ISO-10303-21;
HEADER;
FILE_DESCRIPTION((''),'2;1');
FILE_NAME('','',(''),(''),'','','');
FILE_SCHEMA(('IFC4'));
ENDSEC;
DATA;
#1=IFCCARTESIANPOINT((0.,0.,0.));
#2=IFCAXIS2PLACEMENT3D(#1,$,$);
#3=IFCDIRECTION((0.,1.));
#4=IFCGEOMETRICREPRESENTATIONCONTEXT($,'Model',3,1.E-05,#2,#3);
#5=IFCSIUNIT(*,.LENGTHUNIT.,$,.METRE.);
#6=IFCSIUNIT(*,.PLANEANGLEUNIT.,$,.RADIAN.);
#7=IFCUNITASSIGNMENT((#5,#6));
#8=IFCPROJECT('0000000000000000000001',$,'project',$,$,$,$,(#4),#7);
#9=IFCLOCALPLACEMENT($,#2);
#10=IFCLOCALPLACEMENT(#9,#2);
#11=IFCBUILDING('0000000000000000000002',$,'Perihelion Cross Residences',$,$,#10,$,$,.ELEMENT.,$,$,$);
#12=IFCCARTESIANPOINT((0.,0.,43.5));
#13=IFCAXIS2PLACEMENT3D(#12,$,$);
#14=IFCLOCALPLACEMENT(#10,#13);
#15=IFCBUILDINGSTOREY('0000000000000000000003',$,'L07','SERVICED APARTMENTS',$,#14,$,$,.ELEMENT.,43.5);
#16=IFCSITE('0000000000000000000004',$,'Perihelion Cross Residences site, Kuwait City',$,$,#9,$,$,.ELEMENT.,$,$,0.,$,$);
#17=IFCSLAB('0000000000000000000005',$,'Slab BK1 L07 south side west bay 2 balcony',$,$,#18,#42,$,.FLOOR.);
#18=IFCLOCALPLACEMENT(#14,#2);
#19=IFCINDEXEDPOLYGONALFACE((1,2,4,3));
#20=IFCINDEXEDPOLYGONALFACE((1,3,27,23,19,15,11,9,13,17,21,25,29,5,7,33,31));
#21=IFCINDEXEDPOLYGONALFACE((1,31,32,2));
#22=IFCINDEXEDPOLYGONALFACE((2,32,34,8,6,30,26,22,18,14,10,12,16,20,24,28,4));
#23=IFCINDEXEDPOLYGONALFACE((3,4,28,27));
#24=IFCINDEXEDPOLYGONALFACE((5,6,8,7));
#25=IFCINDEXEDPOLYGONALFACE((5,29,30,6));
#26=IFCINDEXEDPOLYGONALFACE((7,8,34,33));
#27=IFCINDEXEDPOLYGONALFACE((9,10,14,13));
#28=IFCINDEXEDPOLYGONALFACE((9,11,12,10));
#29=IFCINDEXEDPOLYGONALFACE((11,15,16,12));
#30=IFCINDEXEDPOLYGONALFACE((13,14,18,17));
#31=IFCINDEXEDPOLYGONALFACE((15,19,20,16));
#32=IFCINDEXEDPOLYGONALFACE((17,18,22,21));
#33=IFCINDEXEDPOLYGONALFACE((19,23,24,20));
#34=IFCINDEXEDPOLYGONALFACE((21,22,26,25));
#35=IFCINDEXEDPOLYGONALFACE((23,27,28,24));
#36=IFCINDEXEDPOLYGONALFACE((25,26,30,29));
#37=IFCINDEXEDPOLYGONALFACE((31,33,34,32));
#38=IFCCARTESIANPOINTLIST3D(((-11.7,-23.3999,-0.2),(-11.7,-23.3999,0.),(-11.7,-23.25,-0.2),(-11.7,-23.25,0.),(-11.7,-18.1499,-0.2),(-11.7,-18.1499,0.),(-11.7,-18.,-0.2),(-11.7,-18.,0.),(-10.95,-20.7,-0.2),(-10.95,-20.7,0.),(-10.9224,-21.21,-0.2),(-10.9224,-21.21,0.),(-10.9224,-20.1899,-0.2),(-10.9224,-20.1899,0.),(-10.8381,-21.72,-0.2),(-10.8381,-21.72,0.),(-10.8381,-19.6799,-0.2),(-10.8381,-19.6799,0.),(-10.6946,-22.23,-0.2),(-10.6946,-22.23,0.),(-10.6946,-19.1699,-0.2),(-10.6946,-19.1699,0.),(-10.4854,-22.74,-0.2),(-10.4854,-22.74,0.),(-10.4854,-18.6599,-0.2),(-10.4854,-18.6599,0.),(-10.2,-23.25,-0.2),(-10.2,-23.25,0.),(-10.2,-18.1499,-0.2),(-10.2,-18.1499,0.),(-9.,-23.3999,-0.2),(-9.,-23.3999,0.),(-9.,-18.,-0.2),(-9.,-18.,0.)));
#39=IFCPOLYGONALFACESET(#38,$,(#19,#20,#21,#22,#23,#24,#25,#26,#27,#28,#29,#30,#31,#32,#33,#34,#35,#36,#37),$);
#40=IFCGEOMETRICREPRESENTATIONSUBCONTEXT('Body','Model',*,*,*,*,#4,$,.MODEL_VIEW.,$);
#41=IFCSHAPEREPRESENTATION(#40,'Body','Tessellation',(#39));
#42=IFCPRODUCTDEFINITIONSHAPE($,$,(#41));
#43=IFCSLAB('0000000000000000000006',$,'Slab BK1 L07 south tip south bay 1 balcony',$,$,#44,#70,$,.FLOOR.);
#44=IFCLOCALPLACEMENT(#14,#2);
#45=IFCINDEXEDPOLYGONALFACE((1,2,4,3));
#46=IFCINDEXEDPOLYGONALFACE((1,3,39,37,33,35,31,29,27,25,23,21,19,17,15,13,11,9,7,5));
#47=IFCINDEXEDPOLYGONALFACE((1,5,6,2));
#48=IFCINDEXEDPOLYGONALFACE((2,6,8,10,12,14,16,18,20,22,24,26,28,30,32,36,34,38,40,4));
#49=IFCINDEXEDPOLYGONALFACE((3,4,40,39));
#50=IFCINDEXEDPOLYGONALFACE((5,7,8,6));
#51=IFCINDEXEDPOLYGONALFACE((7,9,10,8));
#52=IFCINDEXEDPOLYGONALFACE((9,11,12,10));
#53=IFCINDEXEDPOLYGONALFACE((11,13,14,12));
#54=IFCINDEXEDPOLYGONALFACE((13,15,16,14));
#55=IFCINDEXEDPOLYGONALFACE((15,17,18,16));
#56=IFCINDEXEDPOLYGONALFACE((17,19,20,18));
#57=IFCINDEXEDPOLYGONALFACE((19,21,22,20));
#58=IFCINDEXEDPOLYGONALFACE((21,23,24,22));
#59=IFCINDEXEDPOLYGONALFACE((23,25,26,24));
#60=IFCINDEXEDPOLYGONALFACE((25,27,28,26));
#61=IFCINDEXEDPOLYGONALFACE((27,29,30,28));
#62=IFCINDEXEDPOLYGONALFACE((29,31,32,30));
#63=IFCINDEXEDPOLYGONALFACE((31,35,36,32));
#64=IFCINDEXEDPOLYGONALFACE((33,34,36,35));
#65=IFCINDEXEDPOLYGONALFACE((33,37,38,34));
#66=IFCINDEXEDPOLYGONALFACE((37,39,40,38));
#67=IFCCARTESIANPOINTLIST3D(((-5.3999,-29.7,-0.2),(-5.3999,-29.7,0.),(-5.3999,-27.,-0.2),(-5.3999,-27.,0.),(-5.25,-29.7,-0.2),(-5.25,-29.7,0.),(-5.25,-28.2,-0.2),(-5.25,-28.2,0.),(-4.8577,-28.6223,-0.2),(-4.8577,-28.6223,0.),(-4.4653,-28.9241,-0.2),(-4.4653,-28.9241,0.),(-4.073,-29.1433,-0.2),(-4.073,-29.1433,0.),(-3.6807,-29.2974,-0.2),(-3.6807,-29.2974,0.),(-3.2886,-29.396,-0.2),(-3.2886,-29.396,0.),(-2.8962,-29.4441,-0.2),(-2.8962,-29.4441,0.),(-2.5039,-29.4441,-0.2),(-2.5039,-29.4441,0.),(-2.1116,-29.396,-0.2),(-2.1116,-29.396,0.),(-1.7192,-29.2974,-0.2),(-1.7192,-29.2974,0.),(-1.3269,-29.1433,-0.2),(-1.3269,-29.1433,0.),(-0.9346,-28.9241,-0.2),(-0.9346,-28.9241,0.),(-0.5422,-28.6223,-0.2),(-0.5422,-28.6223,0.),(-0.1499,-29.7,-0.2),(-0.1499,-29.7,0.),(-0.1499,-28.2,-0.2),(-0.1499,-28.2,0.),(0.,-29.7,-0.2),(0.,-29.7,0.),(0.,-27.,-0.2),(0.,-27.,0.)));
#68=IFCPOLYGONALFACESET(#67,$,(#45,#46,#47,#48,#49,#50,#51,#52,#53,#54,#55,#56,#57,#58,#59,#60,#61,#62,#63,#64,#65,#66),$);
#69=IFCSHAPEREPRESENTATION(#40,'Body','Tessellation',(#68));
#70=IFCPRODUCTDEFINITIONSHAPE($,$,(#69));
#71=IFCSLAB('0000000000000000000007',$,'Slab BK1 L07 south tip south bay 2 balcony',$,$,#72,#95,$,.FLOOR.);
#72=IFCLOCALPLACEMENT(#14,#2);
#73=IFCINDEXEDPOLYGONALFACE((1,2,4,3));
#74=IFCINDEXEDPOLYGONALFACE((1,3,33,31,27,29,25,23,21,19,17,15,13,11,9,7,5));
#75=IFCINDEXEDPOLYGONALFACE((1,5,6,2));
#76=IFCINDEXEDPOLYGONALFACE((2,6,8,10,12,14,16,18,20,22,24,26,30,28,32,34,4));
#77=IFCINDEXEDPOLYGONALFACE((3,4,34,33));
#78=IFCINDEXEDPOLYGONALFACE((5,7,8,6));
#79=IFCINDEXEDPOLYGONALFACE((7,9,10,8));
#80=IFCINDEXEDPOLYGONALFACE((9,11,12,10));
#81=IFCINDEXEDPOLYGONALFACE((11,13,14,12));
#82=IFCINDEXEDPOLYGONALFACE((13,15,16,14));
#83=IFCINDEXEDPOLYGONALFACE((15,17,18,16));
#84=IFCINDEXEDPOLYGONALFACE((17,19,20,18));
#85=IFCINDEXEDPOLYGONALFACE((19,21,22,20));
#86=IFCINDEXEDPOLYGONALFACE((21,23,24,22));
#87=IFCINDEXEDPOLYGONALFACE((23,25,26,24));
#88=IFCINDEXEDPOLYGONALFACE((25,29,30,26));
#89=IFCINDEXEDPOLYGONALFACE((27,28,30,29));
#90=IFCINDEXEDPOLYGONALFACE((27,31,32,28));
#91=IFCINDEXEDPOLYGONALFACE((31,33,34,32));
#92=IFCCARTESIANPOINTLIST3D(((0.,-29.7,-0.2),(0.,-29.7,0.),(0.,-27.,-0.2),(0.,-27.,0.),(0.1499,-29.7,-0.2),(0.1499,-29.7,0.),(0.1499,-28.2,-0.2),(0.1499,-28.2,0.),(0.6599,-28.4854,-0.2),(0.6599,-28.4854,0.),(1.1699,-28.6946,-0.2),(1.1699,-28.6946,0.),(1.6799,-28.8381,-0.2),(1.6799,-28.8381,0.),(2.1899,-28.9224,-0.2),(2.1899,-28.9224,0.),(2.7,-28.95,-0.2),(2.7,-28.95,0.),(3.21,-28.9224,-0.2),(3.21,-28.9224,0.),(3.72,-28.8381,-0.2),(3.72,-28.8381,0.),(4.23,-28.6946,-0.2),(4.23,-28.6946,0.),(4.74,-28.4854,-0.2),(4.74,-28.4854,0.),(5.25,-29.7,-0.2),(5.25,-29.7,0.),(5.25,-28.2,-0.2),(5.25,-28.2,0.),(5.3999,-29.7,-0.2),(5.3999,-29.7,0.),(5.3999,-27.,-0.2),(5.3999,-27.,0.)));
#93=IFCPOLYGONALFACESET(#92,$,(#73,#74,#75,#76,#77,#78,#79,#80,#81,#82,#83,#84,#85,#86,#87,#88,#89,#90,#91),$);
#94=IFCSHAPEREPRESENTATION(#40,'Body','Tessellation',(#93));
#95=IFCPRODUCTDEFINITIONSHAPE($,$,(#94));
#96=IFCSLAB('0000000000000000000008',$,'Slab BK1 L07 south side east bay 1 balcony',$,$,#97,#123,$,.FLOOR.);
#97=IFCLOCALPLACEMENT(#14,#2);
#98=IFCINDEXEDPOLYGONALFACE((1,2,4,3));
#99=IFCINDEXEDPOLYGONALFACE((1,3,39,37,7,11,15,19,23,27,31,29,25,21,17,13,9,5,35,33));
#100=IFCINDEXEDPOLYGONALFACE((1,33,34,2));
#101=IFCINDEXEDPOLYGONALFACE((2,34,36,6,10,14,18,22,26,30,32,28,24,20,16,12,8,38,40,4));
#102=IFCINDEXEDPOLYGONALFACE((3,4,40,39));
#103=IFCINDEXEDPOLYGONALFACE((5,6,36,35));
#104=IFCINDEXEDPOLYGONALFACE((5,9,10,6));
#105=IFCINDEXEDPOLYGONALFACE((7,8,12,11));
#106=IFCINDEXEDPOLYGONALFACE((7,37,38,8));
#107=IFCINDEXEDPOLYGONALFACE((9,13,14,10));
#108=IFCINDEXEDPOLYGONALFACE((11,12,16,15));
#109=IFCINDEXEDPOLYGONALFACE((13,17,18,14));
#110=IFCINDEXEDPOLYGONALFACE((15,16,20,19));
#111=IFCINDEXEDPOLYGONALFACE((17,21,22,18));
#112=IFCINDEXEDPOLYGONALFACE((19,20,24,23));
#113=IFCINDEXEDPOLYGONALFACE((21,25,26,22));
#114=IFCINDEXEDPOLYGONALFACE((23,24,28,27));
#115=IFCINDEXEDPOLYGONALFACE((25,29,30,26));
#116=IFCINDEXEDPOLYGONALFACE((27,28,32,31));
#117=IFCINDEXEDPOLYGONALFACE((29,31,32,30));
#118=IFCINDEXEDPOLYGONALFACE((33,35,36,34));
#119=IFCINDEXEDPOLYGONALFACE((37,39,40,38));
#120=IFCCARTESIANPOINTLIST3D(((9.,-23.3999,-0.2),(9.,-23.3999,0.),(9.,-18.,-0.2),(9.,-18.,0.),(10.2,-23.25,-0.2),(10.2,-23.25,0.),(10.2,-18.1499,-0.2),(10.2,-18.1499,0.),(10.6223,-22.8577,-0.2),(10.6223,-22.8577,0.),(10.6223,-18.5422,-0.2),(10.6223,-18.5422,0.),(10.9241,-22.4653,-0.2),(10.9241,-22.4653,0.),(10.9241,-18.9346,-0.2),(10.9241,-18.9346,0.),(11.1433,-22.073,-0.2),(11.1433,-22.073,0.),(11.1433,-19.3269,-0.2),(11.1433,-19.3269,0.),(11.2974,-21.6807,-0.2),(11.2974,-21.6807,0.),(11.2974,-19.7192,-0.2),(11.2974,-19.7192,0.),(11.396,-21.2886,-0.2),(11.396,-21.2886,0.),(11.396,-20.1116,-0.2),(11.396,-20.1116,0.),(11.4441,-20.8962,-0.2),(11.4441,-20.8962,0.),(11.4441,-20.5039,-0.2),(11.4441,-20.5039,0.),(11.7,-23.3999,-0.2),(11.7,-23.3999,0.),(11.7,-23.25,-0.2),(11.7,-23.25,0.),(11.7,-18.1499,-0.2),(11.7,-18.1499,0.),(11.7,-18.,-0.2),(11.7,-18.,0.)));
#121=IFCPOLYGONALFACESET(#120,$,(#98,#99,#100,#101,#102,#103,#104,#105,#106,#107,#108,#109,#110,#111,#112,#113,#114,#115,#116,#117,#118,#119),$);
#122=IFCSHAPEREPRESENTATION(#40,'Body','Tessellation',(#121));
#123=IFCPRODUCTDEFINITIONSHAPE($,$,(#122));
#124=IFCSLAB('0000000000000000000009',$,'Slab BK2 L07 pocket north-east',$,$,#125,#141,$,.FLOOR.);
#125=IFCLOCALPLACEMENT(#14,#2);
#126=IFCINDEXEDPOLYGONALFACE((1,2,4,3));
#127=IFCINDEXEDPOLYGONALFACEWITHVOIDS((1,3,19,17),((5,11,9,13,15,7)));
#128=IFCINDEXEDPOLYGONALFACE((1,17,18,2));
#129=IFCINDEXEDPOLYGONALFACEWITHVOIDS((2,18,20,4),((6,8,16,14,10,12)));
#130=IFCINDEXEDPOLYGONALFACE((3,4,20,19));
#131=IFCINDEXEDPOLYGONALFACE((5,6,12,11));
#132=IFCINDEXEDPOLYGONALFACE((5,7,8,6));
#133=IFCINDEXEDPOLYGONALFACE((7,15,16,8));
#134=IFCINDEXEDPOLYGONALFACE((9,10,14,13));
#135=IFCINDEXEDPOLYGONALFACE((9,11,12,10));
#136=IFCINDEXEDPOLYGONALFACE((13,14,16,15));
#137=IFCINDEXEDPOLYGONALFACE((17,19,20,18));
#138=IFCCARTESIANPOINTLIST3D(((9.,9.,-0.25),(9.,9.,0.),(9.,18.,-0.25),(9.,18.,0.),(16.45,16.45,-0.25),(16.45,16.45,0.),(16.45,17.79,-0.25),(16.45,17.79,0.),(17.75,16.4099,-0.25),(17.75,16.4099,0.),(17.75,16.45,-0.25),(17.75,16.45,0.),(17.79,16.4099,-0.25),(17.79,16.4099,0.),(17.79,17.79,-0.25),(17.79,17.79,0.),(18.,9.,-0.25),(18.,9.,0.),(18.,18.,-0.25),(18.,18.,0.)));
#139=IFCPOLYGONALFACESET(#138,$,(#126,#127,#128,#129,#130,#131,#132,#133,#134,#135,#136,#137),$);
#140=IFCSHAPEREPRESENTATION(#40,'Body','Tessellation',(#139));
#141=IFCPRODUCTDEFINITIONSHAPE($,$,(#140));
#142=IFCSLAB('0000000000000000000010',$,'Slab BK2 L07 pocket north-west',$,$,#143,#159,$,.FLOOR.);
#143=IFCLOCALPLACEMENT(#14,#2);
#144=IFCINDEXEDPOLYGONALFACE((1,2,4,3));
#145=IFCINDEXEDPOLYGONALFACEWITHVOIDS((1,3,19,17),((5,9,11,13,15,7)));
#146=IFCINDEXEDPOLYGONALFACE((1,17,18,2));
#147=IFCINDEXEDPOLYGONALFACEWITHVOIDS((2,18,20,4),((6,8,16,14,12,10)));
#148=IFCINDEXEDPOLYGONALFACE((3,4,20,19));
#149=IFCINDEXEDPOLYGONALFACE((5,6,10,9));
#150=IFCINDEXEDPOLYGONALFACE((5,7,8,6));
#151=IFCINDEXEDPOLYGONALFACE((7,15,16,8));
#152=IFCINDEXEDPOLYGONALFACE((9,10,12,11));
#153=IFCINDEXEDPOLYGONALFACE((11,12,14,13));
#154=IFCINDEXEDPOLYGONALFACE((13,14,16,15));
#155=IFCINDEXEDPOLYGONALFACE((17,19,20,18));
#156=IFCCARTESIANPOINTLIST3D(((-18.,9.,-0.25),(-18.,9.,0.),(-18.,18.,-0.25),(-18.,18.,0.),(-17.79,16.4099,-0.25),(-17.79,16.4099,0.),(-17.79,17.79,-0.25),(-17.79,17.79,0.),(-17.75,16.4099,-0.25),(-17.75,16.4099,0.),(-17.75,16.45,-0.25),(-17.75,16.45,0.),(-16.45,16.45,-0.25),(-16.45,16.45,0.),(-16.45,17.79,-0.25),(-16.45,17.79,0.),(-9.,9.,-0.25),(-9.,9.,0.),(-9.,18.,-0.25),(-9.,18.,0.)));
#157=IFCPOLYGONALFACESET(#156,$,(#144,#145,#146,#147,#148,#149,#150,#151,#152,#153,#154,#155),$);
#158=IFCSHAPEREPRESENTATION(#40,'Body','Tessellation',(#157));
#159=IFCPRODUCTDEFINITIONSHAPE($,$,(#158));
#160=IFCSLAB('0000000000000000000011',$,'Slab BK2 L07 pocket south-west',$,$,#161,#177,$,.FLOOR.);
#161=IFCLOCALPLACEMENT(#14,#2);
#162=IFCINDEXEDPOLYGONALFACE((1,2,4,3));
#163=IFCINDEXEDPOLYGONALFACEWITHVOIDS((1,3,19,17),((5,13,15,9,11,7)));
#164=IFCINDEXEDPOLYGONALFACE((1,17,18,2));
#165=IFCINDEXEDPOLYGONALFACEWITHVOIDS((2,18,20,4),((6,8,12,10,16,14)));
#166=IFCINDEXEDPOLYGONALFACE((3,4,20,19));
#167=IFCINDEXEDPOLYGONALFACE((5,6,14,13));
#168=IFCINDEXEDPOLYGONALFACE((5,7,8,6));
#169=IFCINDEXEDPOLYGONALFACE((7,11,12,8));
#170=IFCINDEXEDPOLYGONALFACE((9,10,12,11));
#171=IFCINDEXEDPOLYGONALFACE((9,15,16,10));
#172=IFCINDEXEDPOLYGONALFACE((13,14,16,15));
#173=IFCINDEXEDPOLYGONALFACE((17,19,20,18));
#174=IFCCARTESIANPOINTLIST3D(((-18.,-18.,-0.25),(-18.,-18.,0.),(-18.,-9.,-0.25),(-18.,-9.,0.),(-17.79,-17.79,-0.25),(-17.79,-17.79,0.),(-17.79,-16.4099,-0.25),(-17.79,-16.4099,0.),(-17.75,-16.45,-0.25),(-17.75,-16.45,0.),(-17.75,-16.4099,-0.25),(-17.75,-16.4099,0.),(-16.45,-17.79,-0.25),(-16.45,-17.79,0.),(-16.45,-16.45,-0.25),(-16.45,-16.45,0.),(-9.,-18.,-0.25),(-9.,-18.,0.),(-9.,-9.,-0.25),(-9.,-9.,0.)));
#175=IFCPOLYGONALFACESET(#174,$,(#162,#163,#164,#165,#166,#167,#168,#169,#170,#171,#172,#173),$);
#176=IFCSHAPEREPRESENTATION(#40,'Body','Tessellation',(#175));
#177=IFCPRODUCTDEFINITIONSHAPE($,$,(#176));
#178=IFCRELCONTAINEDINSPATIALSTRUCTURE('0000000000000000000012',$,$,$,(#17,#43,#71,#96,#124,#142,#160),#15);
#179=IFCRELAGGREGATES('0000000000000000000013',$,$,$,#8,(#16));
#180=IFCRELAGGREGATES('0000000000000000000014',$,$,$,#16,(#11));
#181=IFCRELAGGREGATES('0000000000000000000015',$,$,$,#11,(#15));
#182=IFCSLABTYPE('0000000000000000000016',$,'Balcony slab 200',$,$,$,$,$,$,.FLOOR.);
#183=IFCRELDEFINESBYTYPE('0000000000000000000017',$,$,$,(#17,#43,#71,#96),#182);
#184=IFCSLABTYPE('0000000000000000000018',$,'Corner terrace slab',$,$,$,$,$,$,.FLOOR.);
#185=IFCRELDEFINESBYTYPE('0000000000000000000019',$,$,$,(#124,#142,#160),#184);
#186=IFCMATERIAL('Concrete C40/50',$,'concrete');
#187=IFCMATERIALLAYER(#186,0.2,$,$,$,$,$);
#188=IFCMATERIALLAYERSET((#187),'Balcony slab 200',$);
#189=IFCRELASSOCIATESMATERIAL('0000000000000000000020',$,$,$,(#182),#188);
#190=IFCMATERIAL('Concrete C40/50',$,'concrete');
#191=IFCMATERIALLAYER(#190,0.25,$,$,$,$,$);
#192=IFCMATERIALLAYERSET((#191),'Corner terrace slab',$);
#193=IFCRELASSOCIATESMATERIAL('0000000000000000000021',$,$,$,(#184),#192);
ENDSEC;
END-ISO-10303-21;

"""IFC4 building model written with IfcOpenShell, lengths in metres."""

from ifc_helpers import new_model, si_unit, direction, frame, origin, place, context, subcontext, project, spatial, polyline, outline, extrude, material, layer, layer_set, type_object, element, save


model = new_model("IFC4")

# Units and contexts
model_context = context("Model", 3, precision=1e-05, world=origin(), true_north=direction((0.0, 1.0)))
body_context = subcontext(model_context, "Body", "Model", "MODEL_VIEW")
ifc_project = project(units=[si_unit("LENGTHUNIT", "METRE"), si_unit("PLANEANGLEUNIT", "RADIAN")], contexts=[model_context])

# Site, building, storey
site_placement = place(None, origin())
site = spatial("IfcSite", under=ifc_project, at=site_placement, Name="Perihelion Cross Residences site, Kuwait City", CompositionType="ELEMENT", RefElevation=0.0)
building_placement = place(site_placement, origin())
building = spatial("IfcBuilding", under=site, at=building_placement, Name="Perihelion Cross Residences", CompositionType="ELEMENT")
storey_placement = place(building_placement, frame((0.0, 0.0, 43.5)))
storey = spatial("IfcBuildingStorey", under=building, at=storey_placement, Name="L07", Description="SERVICED APARTMENTS", CompositionType="ELEMENT", Elevation=43.5)

# Slabs
ifc_material_1 = material(Name="Concrete C40/50", Category="concrete")
ifc_layer_1 = layer(ifc_material_1, 0.2)
ifc_layer_set_1 = layer_set([ifc_layer_1], Name="Balcony slab 200")
slab_type_1 = type_object("IfcSlabType", Name="Balcony slab 200", PredefinedType="FLOOR", material=ifc_layer_set_1)
slab_1_placement = place(storey_placement, frame((0.0, 0.0, -0.2)))
element("IfcSlab", 1, at=slab_1_placement, inside=storey, type_object=slab_type_1, Name="Slab BK1 L07 south side west bay 2 balcony", PredefinedType="FLOOR", context=body_context, shape_type="SweptSolid", body=[
    extrude(outline(polyline([(-9.0, -18.0), (-9.0, -23.3999), (-11.7, -23.3999), (-11.7, -23.25), (-10.2, -23.25), (-10.4854, -22.74), (-10.6946, -22.23), (-10.8381, -21.72), (-10.9224, -21.21), (-10.95, -20.7), (-10.9224, -20.1899), (-10.8381, -19.6799), (-10.6946, -19.1699), (-10.4854, -18.6599), (-10.2, -18.1499), (-11.7, -18.1499), (-11.7, -18.0), (-9.0, -18.0)])), origin(), (0.0, 0.0, 1.0), 0.2),
])
slab_2_placement = place(storey_placement, frame((0.0, 0.0, -0.2)))
element("IfcSlab", 2, at=slab_2_placement, inside=storey, type_object=slab_type_1, Name="Slab BK1 L07 south tip south bay 1 balcony", PredefinedType="FLOOR", context=body_context, shape_type="SweptSolid", body=[
    extrude(outline(polyline([(-5.3999, -27.0), (0.0, -27.0), (0.0, -29.7), (-0.1499, -29.7), (-0.1499, -28.2), (-0.5422, -28.6223), (-0.9346, -28.9241), (-1.3269, -29.1433), (-1.7192, -29.2974), (-2.1116, -29.396), (-2.5039, -29.4441), (-2.8962, -29.4441), (-3.2886, -29.396), (-3.6807, -29.2974), (-4.073, -29.1433), (-4.4653, -28.9241), (-4.8577, -28.6223), (-5.25, -28.2), (-5.25, -29.7), (-5.3999, -29.7), (-5.3999, -27.0)])), origin(), (0.0, 0.0, 1.0), 0.2),
])
slab_3_placement = place(storey_placement, frame((0.0, 0.0, -0.2)))
element("IfcSlab", 3, at=slab_3_placement, inside=storey, type_object=slab_type_1, Name="Slab BK1 L07 south tip south bay 2 balcony", PredefinedType="FLOOR", context=body_context, shape_type="SweptSolid", body=[
    extrude(outline(polyline([(0.0, -27.0), (5.3999, -27.0), (5.3999, -29.7), (5.25, -29.7), (5.25, -28.2), (4.74, -28.4854), (4.23, -28.6946), (3.72, -28.8381), (3.21, -28.9224), (2.7, -28.95), (2.1899, -28.9224), (1.6799, -28.8381), (1.1699, -28.6946), (0.6599, -28.4854), (0.1499, -28.2), (0.1499, -29.7), (0.0, -29.7), (0.0, -27.0)])), origin(), (0.0, 0.0, 1.0), 0.2),
])
slab_4_placement = place(storey_placement, frame((0.0, 0.0, -0.2)))
element("IfcSlab", 4, at=slab_4_placement, inside=storey, type_object=slab_type_1, Name="Slab BK1 L07 south side east bay 1 balcony", PredefinedType="FLOOR", context=body_context, shape_type="SweptSolid", body=[
    extrude(outline(polyline([(9.0, -23.3999), (9.0, -18.0), (11.7, -18.0), (11.7, -18.1499), (10.2, -18.1499), (10.6223, -18.5422), (10.9241, -18.9346), (11.1433, -19.3269), (11.2974, -19.7192), (11.396, -20.1116), (11.4441, -20.5039), (11.4441, -20.8962), (11.396, -21.2886), (11.2974, -21.6807), (11.1433, -22.073), (10.9241, -22.4653), (10.6223, -22.8577), (10.2, -23.25), (11.7, -23.25), (11.7, -23.3999), (9.0, -23.3999)])), origin(), (0.0, 0.0, 1.0), 0.2),
])
ifc_material_2 = material(Name="Concrete C40/50", Category="concrete")
ifc_layer_2 = layer(ifc_material_2, 0.25)
ifc_layer_set_2 = layer_set([ifc_layer_2], Name="Corner terrace slab")
slab_type_2 = type_object("IfcSlabType", Name="Corner terrace slab", PredefinedType="FLOOR", material=ifc_layer_set_2)
slab_5_placement = place(storey_placement, frame((0.0, 0.0, -0.25)))
element("IfcSlab", 5, at=slab_5_placement, inside=storey, type_object=slab_type_2, Name="Slab BK2 L07 pocket north-east", PredefinedType="FLOOR", context=body_context, shape_type="SweptSolid", body=[
    extrude(outline(polyline([(18.0, 9.0), (18.0, 18.0), (9.0, 18.0), (9.0, 9.0), (18.0, 9.0)]), holes=[polyline([(16.45, 16.45), (16.45, 17.79), (17.79, 17.79), (17.79, 16.4099), (17.75, 16.4099), (17.75, 16.45), (16.45, 16.45)])]), origin(), (0.0, 0.0, 1.0), 0.25),
])
slab_6_placement = place(storey_placement, frame((0.0, 0.0, -0.25)))
element("IfcSlab", 6, at=slab_6_placement, inside=storey, type_object=slab_type_2, Name="Slab BK2 L07 pocket north-west", PredefinedType="FLOOR", context=body_context, shape_type="SweptSolid", body=[
    extrude(outline(polyline([(-9.0, 9.0), (-9.0, 18.0), (-18.0, 18.0), (-18.0, 9.0), (-9.0, 9.0)]), holes=[polyline([(-17.79, 16.4099), (-17.79, 17.79), (-16.45, 17.79), (-16.45, 16.45), (-17.75, 16.45), (-17.75, 16.4099), (-17.79, 16.4099)])]), origin(), (0.0, 0.0, 1.0), 0.25),
])
slab_7_placement = place(storey_placement, frame((0.0, 0.0, -0.25)))
element("IfcSlab", 7, at=slab_7_placement, inside=storey, type_object=slab_type_2, Name="Slab BK2 L07 pocket south-west", PredefinedType="FLOOR", context=body_context, shape_type="SweptSolid", body=[
    extrude(outline(polyline([(-9.0, -18.0), (-9.0, -9.0), (-18.0, -9.0), (-18.0, -18.0), (-9.0, -18.0)]), holes=[polyline([(-17.79, -16.4099), (-17.75, -16.4099), (-17.75, -16.45), (-16.45, -16.45), (-16.45, -17.79), (-17.79, -17.79), (-17.79, -16.4099)])]), origin(), (0.0, 0.0, 1.0), 0.25),
])

save(model, "model.ifc")
